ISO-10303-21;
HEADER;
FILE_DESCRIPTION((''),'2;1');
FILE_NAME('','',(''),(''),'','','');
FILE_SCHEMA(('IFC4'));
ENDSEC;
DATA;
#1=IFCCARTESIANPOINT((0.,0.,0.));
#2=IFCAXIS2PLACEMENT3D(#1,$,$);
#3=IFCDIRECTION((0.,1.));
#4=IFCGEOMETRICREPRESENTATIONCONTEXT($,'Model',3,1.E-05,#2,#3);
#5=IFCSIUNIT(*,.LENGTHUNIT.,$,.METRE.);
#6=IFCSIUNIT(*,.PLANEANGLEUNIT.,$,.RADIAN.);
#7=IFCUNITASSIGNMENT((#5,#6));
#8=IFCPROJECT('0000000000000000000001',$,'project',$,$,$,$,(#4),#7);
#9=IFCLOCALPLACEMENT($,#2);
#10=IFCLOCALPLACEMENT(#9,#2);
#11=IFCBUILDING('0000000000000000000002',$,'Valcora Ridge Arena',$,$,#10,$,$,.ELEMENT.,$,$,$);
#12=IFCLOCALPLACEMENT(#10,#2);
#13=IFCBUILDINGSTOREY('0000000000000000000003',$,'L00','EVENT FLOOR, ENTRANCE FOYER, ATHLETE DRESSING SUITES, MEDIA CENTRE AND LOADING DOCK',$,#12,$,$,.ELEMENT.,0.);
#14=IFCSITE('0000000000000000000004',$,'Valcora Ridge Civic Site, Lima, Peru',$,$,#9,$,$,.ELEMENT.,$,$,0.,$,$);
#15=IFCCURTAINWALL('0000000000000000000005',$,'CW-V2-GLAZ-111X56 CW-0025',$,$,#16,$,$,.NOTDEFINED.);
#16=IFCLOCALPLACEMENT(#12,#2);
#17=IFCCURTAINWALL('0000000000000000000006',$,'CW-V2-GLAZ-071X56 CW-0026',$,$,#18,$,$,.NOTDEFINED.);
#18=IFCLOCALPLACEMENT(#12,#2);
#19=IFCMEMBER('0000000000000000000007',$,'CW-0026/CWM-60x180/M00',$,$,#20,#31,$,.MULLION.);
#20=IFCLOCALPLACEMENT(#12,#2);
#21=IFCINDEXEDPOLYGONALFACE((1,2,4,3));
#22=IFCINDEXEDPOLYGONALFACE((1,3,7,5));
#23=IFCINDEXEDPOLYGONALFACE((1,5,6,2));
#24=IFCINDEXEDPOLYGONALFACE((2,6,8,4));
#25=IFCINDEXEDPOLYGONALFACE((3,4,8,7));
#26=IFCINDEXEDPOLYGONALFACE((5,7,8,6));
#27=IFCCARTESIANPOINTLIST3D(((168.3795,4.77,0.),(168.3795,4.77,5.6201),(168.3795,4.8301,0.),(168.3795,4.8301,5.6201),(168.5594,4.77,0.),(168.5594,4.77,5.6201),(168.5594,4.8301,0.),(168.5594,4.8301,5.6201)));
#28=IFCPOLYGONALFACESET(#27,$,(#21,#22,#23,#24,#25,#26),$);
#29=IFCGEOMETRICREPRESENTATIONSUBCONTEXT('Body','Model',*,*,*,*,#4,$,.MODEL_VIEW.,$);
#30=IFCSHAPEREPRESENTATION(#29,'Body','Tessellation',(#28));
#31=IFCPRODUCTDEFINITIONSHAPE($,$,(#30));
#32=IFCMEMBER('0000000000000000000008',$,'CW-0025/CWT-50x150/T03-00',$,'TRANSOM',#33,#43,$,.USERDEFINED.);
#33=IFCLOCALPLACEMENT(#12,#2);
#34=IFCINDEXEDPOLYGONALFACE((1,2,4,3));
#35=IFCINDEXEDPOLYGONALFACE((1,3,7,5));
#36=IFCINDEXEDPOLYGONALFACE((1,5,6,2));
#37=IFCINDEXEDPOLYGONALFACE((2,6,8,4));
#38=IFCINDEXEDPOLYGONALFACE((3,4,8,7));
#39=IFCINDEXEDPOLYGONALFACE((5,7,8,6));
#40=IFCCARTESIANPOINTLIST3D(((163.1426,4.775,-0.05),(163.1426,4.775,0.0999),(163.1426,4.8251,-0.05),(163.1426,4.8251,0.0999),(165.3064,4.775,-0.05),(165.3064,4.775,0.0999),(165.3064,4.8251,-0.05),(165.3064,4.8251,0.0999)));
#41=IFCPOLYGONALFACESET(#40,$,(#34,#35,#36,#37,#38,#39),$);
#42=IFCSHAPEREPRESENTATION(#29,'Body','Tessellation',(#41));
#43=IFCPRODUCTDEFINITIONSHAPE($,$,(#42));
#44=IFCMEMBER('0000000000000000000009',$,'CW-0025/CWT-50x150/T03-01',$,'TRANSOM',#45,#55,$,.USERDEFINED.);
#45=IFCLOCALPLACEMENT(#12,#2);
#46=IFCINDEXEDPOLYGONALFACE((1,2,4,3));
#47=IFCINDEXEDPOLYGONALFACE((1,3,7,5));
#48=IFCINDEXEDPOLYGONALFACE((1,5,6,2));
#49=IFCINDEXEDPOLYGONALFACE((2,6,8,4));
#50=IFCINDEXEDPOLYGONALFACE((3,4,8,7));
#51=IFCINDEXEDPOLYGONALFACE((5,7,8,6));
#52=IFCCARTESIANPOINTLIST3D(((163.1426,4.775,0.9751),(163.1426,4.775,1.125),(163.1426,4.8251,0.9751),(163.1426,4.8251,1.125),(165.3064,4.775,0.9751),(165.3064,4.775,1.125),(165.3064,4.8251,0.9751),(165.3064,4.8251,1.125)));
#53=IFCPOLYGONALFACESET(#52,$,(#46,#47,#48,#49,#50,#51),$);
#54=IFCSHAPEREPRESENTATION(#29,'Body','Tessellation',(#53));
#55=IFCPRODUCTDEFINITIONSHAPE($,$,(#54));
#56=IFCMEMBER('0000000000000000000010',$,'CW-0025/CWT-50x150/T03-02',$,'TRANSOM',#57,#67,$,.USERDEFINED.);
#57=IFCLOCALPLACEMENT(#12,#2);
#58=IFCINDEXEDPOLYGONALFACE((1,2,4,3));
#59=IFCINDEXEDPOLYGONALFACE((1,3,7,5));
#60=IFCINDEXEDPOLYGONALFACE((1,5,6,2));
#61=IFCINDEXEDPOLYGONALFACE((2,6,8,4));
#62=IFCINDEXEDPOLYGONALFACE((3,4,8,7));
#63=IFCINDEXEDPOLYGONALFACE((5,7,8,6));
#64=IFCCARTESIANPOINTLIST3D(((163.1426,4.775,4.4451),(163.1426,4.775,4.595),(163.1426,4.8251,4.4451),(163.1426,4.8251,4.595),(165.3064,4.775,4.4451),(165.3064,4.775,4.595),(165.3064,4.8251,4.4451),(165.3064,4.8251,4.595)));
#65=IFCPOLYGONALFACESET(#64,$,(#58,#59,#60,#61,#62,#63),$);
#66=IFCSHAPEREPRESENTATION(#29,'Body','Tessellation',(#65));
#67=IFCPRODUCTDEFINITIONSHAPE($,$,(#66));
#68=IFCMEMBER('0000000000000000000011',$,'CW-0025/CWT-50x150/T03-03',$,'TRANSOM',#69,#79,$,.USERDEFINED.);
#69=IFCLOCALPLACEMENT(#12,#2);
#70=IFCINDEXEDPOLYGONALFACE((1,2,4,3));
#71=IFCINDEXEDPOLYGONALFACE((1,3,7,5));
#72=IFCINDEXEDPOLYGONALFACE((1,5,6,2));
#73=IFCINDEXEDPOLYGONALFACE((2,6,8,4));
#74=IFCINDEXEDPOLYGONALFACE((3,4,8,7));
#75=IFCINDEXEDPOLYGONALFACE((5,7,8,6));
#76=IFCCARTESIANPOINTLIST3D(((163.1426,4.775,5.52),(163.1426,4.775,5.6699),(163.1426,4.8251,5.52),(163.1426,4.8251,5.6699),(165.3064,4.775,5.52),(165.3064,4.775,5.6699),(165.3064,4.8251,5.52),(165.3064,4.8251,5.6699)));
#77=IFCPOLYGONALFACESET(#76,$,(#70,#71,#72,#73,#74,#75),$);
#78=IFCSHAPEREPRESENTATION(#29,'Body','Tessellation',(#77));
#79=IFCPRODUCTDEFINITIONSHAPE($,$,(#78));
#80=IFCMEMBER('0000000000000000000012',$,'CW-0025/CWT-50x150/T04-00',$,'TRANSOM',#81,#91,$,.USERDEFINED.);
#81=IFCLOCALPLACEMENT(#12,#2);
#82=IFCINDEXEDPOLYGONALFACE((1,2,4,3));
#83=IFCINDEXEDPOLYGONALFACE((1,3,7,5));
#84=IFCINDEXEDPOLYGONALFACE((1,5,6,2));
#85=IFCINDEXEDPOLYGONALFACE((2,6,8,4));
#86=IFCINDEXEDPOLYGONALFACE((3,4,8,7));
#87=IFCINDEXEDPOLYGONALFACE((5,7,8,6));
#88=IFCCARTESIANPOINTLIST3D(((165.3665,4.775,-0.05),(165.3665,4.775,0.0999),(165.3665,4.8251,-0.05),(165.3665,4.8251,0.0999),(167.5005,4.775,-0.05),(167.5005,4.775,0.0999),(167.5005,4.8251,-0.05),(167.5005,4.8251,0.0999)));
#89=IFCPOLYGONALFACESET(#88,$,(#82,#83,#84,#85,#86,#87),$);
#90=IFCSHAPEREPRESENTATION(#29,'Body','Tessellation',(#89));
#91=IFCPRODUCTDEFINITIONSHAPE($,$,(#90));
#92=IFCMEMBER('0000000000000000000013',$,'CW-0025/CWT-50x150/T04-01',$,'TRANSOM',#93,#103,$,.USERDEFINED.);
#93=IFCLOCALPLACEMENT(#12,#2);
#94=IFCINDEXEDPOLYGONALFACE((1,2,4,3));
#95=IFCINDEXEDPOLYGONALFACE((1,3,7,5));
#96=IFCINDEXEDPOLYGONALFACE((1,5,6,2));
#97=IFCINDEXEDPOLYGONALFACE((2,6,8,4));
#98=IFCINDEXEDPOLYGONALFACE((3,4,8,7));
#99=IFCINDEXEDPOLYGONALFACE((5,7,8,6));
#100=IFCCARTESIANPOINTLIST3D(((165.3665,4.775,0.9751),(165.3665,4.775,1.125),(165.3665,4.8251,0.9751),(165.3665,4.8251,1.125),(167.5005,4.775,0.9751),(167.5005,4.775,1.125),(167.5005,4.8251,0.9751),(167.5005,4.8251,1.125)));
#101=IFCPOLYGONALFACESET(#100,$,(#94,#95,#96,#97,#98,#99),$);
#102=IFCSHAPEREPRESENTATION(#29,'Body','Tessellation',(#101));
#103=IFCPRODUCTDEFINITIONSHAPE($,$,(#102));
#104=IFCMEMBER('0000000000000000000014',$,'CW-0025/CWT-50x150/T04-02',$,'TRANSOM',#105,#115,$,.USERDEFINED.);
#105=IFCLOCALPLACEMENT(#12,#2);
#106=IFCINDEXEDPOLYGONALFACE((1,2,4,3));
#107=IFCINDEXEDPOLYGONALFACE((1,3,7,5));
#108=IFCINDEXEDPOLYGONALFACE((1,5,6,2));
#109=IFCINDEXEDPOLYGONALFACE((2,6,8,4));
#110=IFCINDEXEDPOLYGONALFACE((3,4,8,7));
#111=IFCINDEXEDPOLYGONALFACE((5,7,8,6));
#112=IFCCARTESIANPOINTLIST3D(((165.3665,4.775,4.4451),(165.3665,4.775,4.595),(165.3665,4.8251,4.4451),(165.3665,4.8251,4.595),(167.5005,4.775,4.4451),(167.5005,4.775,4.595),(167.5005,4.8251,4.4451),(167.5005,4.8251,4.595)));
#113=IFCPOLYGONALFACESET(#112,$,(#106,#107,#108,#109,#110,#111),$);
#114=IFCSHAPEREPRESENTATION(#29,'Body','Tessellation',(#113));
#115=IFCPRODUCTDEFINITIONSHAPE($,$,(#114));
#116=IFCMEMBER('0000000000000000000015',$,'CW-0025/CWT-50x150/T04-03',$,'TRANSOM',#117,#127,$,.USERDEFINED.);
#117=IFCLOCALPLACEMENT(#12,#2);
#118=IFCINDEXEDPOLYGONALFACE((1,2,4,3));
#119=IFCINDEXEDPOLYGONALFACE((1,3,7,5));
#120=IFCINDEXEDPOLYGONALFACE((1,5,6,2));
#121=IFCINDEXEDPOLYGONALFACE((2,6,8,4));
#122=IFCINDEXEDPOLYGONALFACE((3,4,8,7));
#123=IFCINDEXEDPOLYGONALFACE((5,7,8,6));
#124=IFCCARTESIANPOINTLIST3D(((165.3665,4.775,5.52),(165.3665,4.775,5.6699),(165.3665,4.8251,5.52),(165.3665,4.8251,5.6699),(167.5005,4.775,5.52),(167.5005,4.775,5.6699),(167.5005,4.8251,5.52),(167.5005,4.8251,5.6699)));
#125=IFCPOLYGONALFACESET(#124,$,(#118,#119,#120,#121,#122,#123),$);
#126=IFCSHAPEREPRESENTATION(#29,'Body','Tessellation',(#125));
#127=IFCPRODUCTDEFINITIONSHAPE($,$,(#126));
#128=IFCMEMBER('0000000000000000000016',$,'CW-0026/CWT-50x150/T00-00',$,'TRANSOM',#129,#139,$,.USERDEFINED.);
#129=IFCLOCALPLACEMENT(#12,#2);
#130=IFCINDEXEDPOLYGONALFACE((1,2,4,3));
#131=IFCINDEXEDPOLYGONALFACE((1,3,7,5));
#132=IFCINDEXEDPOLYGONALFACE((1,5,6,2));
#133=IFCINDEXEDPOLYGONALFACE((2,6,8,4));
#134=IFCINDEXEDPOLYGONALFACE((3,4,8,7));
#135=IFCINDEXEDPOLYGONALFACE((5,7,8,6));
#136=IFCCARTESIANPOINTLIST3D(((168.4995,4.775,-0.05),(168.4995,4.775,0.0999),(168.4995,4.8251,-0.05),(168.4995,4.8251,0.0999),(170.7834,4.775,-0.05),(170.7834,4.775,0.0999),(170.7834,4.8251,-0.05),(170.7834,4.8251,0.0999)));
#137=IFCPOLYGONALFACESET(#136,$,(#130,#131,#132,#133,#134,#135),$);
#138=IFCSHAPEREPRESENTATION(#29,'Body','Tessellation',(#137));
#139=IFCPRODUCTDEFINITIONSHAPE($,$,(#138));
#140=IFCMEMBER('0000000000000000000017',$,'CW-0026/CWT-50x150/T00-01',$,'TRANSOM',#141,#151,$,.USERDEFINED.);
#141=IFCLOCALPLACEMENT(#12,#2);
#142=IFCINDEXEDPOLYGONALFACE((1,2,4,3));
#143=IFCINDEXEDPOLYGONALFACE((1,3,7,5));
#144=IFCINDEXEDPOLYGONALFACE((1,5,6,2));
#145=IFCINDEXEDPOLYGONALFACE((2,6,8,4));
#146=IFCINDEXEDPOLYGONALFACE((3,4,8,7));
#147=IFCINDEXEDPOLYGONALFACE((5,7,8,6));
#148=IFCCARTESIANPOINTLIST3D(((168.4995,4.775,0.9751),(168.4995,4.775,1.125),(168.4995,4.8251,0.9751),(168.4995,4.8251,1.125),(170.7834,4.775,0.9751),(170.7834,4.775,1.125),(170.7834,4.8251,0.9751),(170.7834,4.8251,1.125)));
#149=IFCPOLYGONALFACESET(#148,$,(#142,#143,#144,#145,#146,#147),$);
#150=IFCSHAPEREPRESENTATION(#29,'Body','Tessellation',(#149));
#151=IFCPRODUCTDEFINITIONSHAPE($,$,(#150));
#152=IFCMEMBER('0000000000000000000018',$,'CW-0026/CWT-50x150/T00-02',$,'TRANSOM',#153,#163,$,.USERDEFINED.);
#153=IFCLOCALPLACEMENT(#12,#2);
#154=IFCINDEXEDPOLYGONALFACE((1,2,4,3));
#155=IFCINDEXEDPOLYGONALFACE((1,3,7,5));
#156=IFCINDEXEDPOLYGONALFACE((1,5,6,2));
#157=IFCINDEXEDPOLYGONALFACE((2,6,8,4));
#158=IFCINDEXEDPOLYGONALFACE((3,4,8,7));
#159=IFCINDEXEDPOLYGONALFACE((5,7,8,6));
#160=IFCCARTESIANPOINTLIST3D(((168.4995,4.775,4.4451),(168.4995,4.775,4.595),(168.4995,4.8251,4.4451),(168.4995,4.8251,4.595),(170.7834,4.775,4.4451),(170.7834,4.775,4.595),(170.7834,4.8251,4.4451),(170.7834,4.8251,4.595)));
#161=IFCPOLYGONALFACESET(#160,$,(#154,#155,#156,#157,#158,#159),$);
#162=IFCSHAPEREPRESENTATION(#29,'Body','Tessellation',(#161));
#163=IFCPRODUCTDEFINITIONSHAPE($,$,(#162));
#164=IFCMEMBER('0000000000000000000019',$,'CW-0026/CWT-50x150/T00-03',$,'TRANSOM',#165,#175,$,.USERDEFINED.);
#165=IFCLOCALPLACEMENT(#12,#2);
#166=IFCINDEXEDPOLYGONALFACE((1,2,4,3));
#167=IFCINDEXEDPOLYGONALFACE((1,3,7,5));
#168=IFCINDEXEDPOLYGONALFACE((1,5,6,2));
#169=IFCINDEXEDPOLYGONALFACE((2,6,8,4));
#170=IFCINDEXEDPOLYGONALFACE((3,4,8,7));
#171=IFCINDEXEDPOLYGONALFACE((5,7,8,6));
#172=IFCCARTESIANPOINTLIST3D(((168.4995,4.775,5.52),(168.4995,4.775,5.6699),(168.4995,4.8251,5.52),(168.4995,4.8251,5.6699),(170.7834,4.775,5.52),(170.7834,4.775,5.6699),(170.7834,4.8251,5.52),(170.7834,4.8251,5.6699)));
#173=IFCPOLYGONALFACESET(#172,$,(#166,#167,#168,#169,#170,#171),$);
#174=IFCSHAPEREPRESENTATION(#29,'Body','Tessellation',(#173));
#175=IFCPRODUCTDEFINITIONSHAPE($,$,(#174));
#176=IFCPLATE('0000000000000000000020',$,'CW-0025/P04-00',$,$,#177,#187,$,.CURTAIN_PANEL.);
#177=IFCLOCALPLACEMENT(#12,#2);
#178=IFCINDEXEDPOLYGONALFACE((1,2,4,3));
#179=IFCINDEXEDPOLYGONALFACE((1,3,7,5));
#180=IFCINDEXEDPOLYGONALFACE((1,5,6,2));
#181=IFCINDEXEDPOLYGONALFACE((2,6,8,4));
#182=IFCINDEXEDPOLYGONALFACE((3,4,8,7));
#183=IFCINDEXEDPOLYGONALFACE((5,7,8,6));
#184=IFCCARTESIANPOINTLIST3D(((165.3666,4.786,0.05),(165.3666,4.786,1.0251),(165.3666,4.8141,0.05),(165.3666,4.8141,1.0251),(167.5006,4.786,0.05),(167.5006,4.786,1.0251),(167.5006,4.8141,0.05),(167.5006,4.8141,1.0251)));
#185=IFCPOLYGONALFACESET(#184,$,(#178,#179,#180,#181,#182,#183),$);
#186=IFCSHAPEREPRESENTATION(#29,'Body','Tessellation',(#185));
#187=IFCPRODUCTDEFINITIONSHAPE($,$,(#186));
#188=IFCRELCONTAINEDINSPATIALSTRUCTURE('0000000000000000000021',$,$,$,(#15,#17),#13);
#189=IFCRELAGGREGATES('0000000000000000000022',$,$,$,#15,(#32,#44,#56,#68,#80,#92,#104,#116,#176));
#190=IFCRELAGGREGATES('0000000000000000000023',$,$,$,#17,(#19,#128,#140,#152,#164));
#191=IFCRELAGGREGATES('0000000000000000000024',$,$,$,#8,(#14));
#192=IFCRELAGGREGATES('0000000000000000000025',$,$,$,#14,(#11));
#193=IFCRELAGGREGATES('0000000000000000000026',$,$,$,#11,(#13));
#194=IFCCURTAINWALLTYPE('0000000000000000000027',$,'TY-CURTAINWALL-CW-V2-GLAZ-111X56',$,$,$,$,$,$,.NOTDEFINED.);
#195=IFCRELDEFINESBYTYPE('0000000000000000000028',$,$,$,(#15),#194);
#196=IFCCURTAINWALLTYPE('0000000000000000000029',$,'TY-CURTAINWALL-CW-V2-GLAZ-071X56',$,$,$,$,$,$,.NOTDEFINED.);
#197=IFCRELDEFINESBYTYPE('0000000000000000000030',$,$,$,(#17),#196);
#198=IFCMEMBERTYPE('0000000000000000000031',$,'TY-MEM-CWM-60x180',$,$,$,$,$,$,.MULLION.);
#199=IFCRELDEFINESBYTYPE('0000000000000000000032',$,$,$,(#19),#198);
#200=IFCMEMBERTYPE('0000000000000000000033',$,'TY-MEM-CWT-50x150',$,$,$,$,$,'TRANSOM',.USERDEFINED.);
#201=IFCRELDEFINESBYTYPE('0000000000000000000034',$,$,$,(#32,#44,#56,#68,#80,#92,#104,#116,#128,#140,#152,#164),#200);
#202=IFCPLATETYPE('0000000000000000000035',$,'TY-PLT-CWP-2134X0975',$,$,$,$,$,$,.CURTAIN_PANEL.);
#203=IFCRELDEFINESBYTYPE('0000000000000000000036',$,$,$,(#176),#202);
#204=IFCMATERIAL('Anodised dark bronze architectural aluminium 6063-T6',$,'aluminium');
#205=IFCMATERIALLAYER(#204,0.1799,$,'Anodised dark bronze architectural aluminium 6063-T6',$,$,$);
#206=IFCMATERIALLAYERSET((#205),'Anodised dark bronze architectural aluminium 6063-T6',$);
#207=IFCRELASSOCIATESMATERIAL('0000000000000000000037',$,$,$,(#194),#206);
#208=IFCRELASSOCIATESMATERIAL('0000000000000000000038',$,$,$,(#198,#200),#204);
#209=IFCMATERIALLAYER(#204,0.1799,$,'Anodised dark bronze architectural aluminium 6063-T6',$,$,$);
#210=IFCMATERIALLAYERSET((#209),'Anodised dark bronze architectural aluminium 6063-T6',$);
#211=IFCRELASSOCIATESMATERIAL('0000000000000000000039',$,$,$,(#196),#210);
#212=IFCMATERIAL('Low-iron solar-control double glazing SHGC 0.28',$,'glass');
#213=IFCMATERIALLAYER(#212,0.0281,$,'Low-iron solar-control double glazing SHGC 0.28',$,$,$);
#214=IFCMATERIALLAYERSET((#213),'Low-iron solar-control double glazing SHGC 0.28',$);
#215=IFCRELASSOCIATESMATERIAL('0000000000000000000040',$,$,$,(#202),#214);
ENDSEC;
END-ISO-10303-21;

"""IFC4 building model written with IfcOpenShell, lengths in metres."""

from ifc_helpers import new_model, si_unit, direction, frame, origin, origin_2d, place, context, subcontext, project, spatial, rectangle, extrude, material, layer, layer_set, material_profile, profile_set, type_object, element, aggregate, save


model = new_model("IFC4")

# Units and contexts
model_context = context("Model", 3, precision=1e-05, world=origin(), true_north=direction((0.0, 1.0)))
body_context = subcontext(model_context, "Body", "Model", "MODEL_VIEW")
ifc_project = project(units=[si_unit("LENGTHUNIT", "METRE"), si_unit("PLANEANGLEUNIT", "RADIAN")], contexts=[model_context])

# Site, building, storey
site_placement = place(None, origin())
site = spatial("IfcSite", under=ifc_project, at=site_placement, Name="Valcora Ridge Civic Site, Lima, Peru", CompositionType="ELEMENT", RefElevation=0.0)
building_placement = place(site_placement, origin())
building = spatial("IfcBuilding", under=site, at=building_placement, Name="Valcora Ridge Arena", CompositionType="ELEMENT")
storey_placement = place(building_placement, origin())
storey = spatial("IfcBuildingStorey", under=building, at=storey_placement, Name="L00", Description="EVENT FLOOR, ENTRANCE FOYER, ATHLETE DRESSING SUITES, MEDIA CENTRE AND LOADING DOCK", CompositionType="ELEMENT", Elevation=0.0)

# Curtain wall
ifc_material_1 = material(Name="Anodised dark bronze architectural aluminium 6063-T6", Category="aluminium")
ifc_layer_1 = layer(ifc_material_1, 0.1799, Name="Anodised dark bronze architectural aluminium 6063-T6")
ifc_layer_set_1 = layer_set([ifc_layer_1], Name="Anodised dark bronze architectural aluminium 6063-T6")
curtain_wall_type_1 = type_object("IfcCurtainWallType", Name="TY-CURTAINWALL-CW-V2-GLAZ-111X56", PredefinedType="NOTDEFINED", material=ifc_layer_set_1)
curtain_wall_1_placement = place(storey_placement, origin())
curtain_wall_1 = element("IfcCurtainWall", 1, at=curtain_wall_1_placement, inside=storey, type_object=curtain_wall_type_1, Name="CW-V2-GLAZ-111X56 CW-0025", PredefinedType="NOTDEFINED")
ifc_material_profile_1 = material_profile(ifc_material_1, rectangle(XDim=0.0601, YDim=0.1799, at=origin_2d()), Name="ALU MULLION 60x180")
ifc_profile_set_1 = profile_set([ifc_material_profile_1], Name="Anodised dark bronze architectural aluminium 6063-T6")
member_type_1 = type_object("IfcMemberType", Name="TY-MEM-CWM-60x180", PredefinedType="MULLION", material=ifc_profile_set_1)

# Curtain wall, member
ifc_layer_2 = layer(ifc_material_1, 0.1799, Name="Anodised dark bronze architectural aluminium 6063-T6")
ifc_layer_set_2 = layer_set([ifc_layer_2], Name="Anodised dark bronze architectural aluminium 6063-T6")
curtain_wall_type_2 = type_object("IfcCurtainWallType", Name="TY-CURTAINWALL-CW-V2-GLAZ-071X56", PredefinedType="NOTDEFINED", material=ifc_layer_set_2)
curtain_wall_2_placement = place(storey_placement, origin())
curtain_wall_2 = element("IfcCurtainWall", 2, at=curtain_wall_2_placement, inside=storey, type_object=curtain_wall_type_2, Name="CW-V2-GLAZ-071X56 CW-0026", PredefinedType="NOTDEFINED")
member_1_placement = place(storey_placement, frame((168.4695, 4.8, 0.0), z_axis=(0.0, 0.0, 1.0), x_axis=(0.0, 1.0, 0.0)))
member_1 = element("IfcMember", 3, at=member_1_placement, type_object=member_type_1, Name="CW-0026/CWM-60x180/M00", PredefinedType="MULLION", context=body_context, shape_type="SweptSolid", body=[
    extrude(rectangle(XDim=0.0601, YDim=0.1799, at=origin_2d()), origin(), (0.0, 0.0, 1.0), 5.6201),
])

# Members
ifc_material_profile_2 = material_profile(ifc_material_1, rectangle(XDim=0.05, YDim=0.1499, at=origin_2d()), Name="ALU TRANSOM 50x150")
ifc_profile_set_2 = profile_set([ifc_material_profile_2], Name="Anodised dark bronze architectural aluminium 6063-T6")
member_type_2 = type_object("IfcMemberType", Name="TY-MEM-CWT-50x150", ElementType="TRANSOM", PredefinedType="USERDEFINED", material=ifc_profile_set_2)
member_2_placement = place(storey_placement, frame((163.1426, 4.8, 0.0249), z_axis=(1.0, 0.0, 0.0), x_axis=(0.0, 1.0, 0.0)))
member_2 = element("IfcMember", 4, at=member_2_placement, type_object=member_type_2, Name="CW-0025/CWT-50x150/T03-00", ObjectType="TRANSOM", PredefinedType="USERDEFINED", context=body_context, shape_type="SweptSolid", body=[
    extrude(rectangle(XDim=0.05, YDim=0.1499, at=origin_2d()), origin(), (0.0, 0.0, 1.0), 2.1638),
])
member_3_placement = place(storey_placement, frame((163.1426, 4.8, 1.05), z_axis=(1.0, 0.0, 0.0), x_axis=(0.0, 1.0, 0.0)))
member_3 = element("IfcMember", 5, at=member_3_placement, type_object=member_type_2, Name="CW-0025/CWT-50x150/T03-01", ObjectType="TRANSOM", PredefinedType="USERDEFINED", context=body_context, shape_type="SweptSolid", body=[
    extrude(rectangle(XDim=0.05, YDim=0.1499, at=origin_2d()), origin(), (0.0, 0.0, 1.0), 2.1638),
])
member_4_placement = place(storey_placement, frame((163.1426, 4.8, 4.52), z_axis=(1.0, 0.0, 0.0), x_axis=(0.0, 1.0, 0.0)))
member_4 = element("IfcMember", 6, at=member_4_placement, type_object=member_type_2, Name="CW-0025/CWT-50x150/T03-02", ObjectType="TRANSOM", PredefinedType="USERDEFINED", context=body_context, shape_type="SweptSolid", body=[
    extrude(rectangle(XDim=0.05, YDim=0.1499, at=origin_2d()), origin(), (0.0, 0.0, 1.0), 2.1638),
])
member_5_placement = place(storey_placement, frame((163.1426, 4.8, 5.595), z_axis=(1.0, 0.0, 0.0), x_axis=(0.0, 1.0, 0.0)))
member_5 = element("IfcMember", 7, at=member_5_placement, type_object=member_type_2, Name="CW-0025/CWT-50x150/T03-03", ObjectType="TRANSOM", PredefinedType="USERDEFINED", context=body_context, shape_type="SweptSolid", body=[
    extrude(rectangle(XDim=0.05, YDim=0.1499, at=origin_2d()), origin(), (0.0, 0.0, 1.0), 2.1638),
])
member_6_placement = place(storey_placement, frame((165.3665, 4.8, 0.0249), z_axis=(1.0, 0.0, 0.0), x_axis=(0.0, 1.0, 0.0)))
member_6 = element("IfcMember", 8, at=member_6_placement, type_object=member_type_2, Name="CW-0025/CWT-50x150/T04-00", ObjectType="TRANSOM", PredefinedType="USERDEFINED", context=body_context, shape_type="SweptSolid", body=[
    extrude(rectangle(XDim=0.05, YDim=0.1499, at=origin_2d()), origin(), (0.0, 0.0, 1.0), 2.134),
])
member_7_placement = place(storey_placement, frame((165.3665, 4.8, 1.05), z_axis=(1.0, 0.0, 0.0), x_axis=(0.0, 1.0, 0.0)))
member_7 = element("IfcMember", 9, at=member_7_placement, type_object=member_type_2, Name="CW-0025/CWT-50x150/T04-01", ObjectType="TRANSOM", PredefinedType="USERDEFINED", context=body_context, shape_type="SweptSolid", body=[
    extrude(rectangle(XDim=0.05, YDim=0.1499, at=origin_2d()), origin(), (0.0, 0.0, 1.0), 2.134),
])
member_8_placement = place(storey_placement, frame((165.3665, 4.8, 4.52), z_axis=(1.0, 0.0, 0.0), x_axis=(0.0, 1.0, 0.0)))
member_8 = element("IfcMember", 10, at=member_8_placement, type_object=member_type_2, Name="CW-0025/CWT-50x150/T04-02", ObjectType="TRANSOM", PredefinedType="USERDEFINED", context=body_context, shape_type="SweptSolid", body=[
    extrude(rectangle(XDim=0.05, YDim=0.1499, at=origin_2d()), origin(), (0.0, 0.0, 1.0), 2.134),
])
member_9_placement = place(storey_placement, frame((165.3665, 4.8, 5.595), z_axis=(1.0, 0.0, 0.0), x_axis=(0.0, 1.0, 0.0)))
member_9 = element("IfcMember", 11, at=member_9_placement, type_object=member_type_2, Name="CW-0025/CWT-50x150/T04-03", ObjectType="TRANSOM", PredefinedType="USERDEFINED", context=body_context, shape_type="SweptSolid", body=[
    extrude(rectangle(XDim=0.05, YDim=0.1499, at=origin_2d()), origin(), (0.0, 0.0, 1.0), 2.134),
])
member_10_placement = place(storey_placement, frame((168.4995, 4.8, 0.0249), z_axis=(1.0, 0.0, 0.0), x_axis=(0.0, 1.0, 0.0)))
member_10 = element("IfcMember", 12, at=member_10_placement, type_object=member_type_2, Name="CW-0026/CWT-50x150/T00-00", ObjectType="TRANSOM", PredefinedType="USERDEFINED", context=body_context, shape_type="SweptSolid", body=[
    extrude(rectangle(XDim=0.05, YDim=0.1499, at=origin_2d()), origin(), (0.0, 0.0, 1.0), 2.2839),
])
member_11_placement = place(storey_placement, frame((168.4995, 4.8, 1.05), z_axis=(1.0, 0.0, 0.0), x_axis=(0.0, 1.0, 0.0)))
member_11 = element("IfcMember", 13, at=member_11_placement, type_object=member_type_2, Name="CW-0026/CWT-50x150/T00-01", ObjectType="TRANSOM", PredefinedType="USERDEFINED", context=body_context, shape_type="SweptSolid", body=[
    extrude(rectangle(XDim=0.05, YDim=0.1499, at=origin_2d()), origin(), (0.0, 0.0, 1.0), 2.2839),
])
member_12_placement = place(storey_placement, frame((168.4995, 4.8, 4.52), z_axis=(1.0, 0.0, 0.0), x_axis=(0.0, 1.0, 0.0)))
member_12 = element("IfcMember", 14, at=member_12_placement, type_object=member_type_2, Name="CW-0026/CWT-50x150/T00-02", ObjectType="TRANSOM", PredefinedType="USERDEFINED", context=body_context, shape_type="SweptSolid", body=[
    extrude(rectangle(XDim=0.05, YDim=0.1499, at=origin_2d()), origin(), (0.0, 0.0, 1.0), 2.2839),
])
member_13_placement = place(storey_placement, frame((168.4995, 4.8, 5.595), z_axis=(1.0, 0.0, 0.0), x_axis=(0.0, 1.0, 0.0)))
member_13 = element("IfcMember", 15, at=member_13_placement, type_object=member_type_2, Name="CW-0026/CWT-50x150/T00-03", ObjectType="TRANSOM", PredefinedType="USERDEFINED", context=body_context, shape_type="SweptSolid", body=[
    extrude(rectangle(XDim=0.05, YDim=0.1499, at=origin_2d()), origin(), (0.0, 0.0, 1.0), 2.2839),
])

# Plate
ifc_material_2 = material(Name="Low-iron solar-control double glazing SHGC 0.28", Category="glass")
ifc_layer_3 = layer(ifc_material_2, 0.0281, Name="Low-iron solar-control double glazing SHGC 0.28")
ifc_layer_set_3 = layer_set([ifc_layer_3], Name="Low-iron solar-control double glazing SHGC 0.28")
plate_type_1 = type_object("IfcPlateType", Name="TY-PLT-CWP-2134X0975", PredefinedType="CURTAIN_PANEL", material=ifc_layer_set_3)
plate_1_placement = place(storey_placement, frame((166.4336, 4.8, 0.05), z_axis=(0.0, 0.0, 1.0), x_axis=(1.0, 0.0, 0.0)))
plate_1 = element("IfcPlate", 16, at=plate_1_placement, type_object=plate_type_1, Name="CW-0025/P04-00", PredefinedType="CURTAIN_PANEL", context=body_context, shape_type="SweptSolid", body=[
    extrude(rectangle(XDim=2.134, YDim=0.0281, at=origin_2d()), origin(), (0.0, 0.0, 1.0), 0.9751),
])
aggregate(curtain_wall_1, [member_2, member_3, member_4, member_5, member_6, member_7, member_8, member_9, plate_1])
aggregate(curtain_wall_2, [member_1, member_10, member_11, member_12, member_13])

save(model, "model.ifc")
